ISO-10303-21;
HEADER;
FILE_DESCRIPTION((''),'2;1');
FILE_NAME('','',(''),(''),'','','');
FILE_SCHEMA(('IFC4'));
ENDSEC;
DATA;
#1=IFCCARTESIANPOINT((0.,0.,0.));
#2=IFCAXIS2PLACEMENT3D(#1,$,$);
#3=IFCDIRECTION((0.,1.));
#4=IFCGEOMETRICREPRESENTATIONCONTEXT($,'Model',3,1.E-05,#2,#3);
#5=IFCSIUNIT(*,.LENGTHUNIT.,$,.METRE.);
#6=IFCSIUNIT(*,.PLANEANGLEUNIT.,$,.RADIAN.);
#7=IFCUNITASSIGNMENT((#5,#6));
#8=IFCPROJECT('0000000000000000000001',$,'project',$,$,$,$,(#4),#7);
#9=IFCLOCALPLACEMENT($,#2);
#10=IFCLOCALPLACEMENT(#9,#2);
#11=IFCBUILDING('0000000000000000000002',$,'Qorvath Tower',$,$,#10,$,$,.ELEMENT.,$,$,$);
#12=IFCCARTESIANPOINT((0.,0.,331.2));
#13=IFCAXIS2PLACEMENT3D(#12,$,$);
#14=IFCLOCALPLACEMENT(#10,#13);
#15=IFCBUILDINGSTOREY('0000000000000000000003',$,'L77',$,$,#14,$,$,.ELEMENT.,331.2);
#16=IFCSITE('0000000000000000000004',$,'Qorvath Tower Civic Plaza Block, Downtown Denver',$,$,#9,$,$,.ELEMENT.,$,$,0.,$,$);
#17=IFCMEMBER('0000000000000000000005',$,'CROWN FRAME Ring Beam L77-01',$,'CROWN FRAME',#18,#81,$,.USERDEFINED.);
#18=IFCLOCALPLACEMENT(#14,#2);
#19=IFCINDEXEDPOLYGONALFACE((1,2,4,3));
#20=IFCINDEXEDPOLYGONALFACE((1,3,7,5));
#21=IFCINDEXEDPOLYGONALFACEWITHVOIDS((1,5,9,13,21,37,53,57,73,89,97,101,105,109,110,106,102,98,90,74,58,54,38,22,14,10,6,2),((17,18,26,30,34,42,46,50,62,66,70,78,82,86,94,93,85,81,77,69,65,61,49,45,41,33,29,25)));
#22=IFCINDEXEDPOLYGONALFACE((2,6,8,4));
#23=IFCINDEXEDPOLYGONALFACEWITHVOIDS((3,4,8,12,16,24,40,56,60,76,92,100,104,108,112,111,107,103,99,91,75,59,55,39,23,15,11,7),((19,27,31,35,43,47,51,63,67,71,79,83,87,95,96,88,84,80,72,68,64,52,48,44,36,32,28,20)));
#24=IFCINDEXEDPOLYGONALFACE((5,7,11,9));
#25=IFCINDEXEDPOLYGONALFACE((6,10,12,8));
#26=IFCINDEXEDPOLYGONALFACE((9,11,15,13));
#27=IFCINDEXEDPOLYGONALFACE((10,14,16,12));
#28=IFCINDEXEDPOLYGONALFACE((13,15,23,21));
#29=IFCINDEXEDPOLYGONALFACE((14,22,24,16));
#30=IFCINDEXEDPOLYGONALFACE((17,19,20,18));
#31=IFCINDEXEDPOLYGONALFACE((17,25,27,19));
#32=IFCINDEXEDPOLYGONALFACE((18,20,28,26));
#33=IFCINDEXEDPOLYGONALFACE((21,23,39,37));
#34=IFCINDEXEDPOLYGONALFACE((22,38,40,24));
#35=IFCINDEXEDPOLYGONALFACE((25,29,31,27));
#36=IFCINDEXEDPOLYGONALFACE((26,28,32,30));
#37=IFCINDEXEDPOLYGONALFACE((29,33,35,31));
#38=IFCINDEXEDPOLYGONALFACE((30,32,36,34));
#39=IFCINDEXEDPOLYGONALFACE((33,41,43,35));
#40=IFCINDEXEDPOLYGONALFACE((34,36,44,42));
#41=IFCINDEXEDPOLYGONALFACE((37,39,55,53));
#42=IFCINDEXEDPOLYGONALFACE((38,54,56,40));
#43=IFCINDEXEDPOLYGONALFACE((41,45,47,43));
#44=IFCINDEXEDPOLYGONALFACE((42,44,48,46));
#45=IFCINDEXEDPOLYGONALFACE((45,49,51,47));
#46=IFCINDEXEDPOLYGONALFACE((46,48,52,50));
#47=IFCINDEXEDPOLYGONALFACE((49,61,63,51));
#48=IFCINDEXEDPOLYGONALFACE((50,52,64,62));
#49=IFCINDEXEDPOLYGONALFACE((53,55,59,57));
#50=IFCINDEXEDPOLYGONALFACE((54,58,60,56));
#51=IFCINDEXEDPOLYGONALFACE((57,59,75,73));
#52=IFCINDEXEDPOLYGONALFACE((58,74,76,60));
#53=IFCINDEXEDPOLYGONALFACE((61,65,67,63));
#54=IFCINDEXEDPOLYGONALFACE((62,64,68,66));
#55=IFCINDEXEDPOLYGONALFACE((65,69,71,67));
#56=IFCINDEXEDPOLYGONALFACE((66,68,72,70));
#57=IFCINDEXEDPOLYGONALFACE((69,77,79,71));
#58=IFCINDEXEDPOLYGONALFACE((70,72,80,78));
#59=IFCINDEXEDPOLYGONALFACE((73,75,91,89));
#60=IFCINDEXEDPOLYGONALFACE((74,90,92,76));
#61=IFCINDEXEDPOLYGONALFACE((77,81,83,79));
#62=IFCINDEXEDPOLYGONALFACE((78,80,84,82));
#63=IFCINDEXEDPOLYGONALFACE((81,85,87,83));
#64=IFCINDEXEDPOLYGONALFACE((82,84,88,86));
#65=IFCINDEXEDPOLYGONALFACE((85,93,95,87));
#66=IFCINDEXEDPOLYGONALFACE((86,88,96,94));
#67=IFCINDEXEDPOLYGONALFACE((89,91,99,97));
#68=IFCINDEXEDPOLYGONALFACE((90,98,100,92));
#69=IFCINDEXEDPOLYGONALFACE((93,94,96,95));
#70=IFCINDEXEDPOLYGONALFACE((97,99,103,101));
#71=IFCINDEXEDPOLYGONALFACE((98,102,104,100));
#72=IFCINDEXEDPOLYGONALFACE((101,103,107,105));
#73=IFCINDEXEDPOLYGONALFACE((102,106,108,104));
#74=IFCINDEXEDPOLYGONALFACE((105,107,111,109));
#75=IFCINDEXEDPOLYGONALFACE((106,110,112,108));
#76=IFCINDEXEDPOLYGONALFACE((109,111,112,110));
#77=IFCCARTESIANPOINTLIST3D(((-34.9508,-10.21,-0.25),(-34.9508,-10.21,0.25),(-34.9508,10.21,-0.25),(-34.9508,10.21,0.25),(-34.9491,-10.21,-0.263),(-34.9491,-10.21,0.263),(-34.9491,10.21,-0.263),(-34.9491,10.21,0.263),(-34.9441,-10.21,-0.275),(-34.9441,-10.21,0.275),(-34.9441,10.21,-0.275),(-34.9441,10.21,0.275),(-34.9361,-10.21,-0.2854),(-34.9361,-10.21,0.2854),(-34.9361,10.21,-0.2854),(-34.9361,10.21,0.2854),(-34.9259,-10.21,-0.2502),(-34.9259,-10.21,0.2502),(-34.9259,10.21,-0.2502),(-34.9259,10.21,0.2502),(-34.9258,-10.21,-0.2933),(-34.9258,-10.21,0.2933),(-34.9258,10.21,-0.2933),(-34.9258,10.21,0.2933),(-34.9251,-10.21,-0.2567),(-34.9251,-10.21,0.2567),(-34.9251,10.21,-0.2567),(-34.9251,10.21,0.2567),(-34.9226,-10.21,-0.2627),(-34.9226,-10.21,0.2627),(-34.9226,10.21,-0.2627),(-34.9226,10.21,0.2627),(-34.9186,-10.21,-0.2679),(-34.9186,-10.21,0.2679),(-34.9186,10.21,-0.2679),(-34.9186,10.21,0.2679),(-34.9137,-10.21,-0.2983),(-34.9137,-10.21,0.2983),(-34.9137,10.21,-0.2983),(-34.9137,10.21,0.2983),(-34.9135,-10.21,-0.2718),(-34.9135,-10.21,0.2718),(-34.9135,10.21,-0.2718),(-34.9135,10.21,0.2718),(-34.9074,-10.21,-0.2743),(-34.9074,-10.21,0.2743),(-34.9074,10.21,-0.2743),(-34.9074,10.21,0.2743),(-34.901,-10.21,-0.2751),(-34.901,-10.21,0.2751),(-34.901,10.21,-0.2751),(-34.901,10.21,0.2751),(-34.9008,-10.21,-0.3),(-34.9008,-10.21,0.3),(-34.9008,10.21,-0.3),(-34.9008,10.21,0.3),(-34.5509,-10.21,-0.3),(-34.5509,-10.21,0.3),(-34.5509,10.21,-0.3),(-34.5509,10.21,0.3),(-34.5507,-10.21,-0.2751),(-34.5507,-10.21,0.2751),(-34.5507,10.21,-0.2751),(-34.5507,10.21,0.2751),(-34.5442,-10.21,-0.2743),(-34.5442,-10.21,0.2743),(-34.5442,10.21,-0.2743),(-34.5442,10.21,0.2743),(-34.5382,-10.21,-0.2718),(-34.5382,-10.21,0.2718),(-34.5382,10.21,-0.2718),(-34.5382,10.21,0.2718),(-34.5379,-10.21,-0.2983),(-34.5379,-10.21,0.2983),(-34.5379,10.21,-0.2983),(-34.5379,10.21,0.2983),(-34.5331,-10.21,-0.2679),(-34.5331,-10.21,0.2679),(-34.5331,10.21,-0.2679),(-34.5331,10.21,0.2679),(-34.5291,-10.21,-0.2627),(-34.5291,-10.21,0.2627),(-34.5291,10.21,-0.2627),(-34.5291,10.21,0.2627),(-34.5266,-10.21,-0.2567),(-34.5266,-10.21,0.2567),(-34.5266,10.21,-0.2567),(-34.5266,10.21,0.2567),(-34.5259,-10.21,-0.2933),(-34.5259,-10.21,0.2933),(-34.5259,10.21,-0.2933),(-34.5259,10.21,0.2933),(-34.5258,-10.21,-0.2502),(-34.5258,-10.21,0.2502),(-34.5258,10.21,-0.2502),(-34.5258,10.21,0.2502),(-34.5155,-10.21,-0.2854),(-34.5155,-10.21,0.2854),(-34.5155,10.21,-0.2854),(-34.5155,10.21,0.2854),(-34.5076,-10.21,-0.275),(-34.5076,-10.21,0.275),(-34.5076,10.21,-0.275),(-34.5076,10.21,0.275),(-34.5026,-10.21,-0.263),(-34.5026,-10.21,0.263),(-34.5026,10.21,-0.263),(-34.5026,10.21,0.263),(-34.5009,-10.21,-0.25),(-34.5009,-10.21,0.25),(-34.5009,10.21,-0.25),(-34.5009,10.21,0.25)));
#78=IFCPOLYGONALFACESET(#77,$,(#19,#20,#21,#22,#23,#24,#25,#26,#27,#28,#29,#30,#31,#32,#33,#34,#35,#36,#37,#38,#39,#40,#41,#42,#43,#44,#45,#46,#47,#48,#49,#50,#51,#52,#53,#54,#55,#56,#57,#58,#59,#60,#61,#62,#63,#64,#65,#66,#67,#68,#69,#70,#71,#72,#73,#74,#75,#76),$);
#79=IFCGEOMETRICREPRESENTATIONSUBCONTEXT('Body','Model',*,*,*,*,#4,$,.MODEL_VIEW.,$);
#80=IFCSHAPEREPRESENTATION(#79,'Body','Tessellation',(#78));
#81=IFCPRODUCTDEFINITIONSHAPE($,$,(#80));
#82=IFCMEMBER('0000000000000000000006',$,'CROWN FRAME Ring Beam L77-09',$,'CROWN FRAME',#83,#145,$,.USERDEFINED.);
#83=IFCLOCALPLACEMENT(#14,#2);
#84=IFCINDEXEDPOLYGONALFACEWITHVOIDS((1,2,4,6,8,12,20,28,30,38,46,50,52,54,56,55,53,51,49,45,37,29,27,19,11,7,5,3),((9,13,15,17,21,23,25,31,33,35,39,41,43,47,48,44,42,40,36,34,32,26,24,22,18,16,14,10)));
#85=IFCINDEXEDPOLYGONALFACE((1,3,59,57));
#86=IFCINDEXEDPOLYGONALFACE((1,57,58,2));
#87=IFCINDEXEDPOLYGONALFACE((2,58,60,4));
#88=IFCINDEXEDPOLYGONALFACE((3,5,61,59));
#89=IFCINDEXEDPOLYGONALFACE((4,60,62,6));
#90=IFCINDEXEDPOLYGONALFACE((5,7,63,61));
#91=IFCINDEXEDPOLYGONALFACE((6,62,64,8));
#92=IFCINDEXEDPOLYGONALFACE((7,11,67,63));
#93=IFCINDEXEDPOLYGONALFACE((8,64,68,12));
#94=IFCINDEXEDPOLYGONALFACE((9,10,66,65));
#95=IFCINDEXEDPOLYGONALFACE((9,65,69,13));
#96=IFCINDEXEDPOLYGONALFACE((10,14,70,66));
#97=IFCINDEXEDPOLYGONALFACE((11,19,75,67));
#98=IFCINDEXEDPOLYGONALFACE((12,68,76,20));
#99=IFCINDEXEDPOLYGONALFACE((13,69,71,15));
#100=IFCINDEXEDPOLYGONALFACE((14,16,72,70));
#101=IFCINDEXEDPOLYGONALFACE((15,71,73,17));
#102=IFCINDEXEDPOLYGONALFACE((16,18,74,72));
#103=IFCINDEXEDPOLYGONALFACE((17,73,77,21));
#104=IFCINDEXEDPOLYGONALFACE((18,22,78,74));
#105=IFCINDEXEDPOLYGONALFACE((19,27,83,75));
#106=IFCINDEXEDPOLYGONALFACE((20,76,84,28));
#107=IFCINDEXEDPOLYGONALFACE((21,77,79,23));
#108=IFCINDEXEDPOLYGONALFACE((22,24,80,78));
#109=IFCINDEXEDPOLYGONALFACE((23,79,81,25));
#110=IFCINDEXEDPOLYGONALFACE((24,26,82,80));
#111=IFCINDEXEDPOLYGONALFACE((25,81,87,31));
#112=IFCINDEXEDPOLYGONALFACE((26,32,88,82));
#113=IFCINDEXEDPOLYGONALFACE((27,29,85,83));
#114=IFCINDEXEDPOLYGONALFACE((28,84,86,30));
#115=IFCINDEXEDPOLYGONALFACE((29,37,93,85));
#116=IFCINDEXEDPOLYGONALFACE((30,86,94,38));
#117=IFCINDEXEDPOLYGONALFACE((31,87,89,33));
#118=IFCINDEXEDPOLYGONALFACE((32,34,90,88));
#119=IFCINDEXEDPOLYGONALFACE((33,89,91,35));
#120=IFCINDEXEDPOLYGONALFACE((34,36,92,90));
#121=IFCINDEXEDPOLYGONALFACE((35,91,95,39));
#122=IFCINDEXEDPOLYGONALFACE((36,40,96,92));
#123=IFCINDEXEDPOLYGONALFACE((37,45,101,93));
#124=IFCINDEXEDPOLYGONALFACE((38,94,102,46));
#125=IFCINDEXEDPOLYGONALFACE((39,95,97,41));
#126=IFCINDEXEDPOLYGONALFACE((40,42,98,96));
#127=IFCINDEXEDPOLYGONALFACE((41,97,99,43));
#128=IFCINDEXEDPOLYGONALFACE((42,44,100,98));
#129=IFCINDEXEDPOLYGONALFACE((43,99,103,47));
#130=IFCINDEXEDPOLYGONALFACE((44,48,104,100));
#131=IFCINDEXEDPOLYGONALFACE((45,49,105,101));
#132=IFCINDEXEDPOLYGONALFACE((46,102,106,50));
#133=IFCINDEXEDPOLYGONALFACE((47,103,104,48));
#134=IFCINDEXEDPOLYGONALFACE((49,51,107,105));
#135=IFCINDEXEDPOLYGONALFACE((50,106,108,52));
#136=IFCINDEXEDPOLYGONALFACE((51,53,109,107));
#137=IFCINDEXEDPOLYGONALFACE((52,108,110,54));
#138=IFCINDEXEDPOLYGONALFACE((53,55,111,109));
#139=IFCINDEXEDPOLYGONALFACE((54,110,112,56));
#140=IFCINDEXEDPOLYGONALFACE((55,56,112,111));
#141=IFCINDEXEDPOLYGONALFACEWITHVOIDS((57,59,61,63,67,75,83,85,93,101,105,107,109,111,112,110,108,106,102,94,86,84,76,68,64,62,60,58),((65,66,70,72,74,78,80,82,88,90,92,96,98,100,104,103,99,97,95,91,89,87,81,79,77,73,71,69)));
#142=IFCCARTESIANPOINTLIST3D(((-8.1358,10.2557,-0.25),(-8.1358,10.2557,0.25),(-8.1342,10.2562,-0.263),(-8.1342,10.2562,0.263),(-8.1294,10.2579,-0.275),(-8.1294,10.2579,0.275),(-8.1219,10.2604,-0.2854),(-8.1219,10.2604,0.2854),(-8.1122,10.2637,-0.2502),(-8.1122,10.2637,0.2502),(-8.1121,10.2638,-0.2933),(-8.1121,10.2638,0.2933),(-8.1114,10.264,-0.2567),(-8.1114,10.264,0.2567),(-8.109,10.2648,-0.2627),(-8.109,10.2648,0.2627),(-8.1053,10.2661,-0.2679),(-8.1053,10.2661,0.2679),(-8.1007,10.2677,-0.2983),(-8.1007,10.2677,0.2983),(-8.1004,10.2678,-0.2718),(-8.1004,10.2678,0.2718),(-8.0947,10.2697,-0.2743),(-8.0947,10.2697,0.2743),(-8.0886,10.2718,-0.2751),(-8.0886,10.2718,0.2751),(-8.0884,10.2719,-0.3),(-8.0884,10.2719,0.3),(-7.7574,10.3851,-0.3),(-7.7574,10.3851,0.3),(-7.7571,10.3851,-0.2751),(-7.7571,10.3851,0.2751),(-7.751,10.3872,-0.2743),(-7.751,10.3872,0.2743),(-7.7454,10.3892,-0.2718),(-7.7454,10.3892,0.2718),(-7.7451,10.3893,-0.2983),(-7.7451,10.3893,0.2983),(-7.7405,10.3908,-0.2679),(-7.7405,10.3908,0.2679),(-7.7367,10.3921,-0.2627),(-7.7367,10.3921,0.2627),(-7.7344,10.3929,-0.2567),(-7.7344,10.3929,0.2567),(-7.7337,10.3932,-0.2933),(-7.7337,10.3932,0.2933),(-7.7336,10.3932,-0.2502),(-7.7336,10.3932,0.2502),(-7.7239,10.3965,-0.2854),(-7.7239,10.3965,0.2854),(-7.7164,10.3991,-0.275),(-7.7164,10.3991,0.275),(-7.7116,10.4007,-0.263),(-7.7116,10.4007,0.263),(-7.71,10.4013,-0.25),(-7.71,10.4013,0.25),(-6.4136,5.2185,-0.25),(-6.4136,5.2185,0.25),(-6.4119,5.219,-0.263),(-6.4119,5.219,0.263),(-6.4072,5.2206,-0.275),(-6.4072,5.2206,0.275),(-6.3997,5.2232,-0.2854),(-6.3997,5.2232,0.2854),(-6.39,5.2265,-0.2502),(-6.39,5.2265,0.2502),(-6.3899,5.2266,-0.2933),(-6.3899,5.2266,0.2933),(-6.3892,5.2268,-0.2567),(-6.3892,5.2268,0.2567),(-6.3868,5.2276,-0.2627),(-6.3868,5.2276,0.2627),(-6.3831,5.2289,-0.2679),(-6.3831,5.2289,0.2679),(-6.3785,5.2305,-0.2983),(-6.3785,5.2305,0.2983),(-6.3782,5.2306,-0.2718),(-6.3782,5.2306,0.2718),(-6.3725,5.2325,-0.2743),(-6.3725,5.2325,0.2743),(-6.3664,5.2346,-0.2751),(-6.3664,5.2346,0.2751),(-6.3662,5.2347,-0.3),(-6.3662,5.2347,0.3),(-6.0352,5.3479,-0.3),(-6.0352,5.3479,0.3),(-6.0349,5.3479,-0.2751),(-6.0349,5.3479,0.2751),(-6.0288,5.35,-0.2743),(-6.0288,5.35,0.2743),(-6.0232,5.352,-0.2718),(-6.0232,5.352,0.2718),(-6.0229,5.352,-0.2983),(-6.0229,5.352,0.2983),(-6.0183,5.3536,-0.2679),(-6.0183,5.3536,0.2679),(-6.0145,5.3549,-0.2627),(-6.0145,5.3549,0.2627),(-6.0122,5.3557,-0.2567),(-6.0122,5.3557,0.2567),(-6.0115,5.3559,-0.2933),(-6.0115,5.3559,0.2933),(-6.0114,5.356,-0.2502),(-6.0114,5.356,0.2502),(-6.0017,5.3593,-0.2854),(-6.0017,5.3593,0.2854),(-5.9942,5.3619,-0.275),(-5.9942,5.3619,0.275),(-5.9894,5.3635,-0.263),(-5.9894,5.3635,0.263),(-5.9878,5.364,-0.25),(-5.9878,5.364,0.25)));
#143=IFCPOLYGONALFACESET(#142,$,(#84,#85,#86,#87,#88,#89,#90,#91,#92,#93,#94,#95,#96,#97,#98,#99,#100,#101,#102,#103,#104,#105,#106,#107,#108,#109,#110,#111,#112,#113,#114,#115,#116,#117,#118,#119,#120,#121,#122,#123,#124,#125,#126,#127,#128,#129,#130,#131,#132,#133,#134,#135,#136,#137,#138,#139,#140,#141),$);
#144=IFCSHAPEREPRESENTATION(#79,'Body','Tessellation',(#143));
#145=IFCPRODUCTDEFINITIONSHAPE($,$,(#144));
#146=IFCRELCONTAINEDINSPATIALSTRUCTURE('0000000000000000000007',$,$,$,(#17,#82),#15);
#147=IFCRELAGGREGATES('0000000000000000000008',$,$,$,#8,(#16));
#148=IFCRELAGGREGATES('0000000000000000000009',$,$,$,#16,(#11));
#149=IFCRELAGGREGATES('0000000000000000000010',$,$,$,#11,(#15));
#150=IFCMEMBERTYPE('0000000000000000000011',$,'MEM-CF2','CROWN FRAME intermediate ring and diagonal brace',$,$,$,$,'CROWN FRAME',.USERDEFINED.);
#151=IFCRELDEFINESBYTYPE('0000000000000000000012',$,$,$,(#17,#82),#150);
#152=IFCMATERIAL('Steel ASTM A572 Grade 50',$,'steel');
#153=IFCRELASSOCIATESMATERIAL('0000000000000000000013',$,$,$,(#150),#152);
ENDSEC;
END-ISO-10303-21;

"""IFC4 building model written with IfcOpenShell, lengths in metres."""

from ifc_helpers import new_model, si_unit, direction, frame, origin, origin_2d, place, context, subcontext, project, spatial, hollow_rectangle, extrude, material, material_profile, profile_set, type_object, element, save


model = new_model("IFC4")

# Units and contexts
model_context = context("Model", 3, precision=1e-05, world=origin(), true_north=direction((0.0, 1.0)))
body_context = subcontext(model_context, "Body", "Model", "MODEL_VIEW")
ifc_project = project(units=[si_unit("LENGTHUNIT", "METRE"), si_unit("PLANEANGLEUNIT", "RADIAN")], contexts=[model_context])

# Site, building, storey
site_placement = place(None, origin())
site = spatial("IfcSite", under=ifc_project, at=site_placement, Name="Qorvath Tower Civic Plaza Block, Downtown Denver", CompositionType="ELEMENT", RefElevation=0.0)
building_placement = place(site_placement, origin())
building = spatial("IfcBuilding", under=site, at=building_placement, Name="Qorvath Tower", CompositionType="ELEMENT")
storey_placement = place(building_placement, frame((0.0, 0.0, 331.2)))
storey = spatial("IfcBuildingStorey", under=building, at=storey_placement, Name="L77", CompositionType="ELEMENT", Elevation=331.2)

# Members
ifc_material_1 = material(Name="Steel ASTM A572 Grade 50", Category="steel")
ifc_material_profile_1 = material_profile(ifc_material_1, hollow_rectangle(XDim=0.45, YDim=0.6001, WallThickness=0.0249, InnerFilletRadius=0.0249, OuterFilletRadius=0.05, at=origin_2d()), Name="CROWN BOX 600x450x25")
ifc_profile_set_1 = profile_set([ifc_material_profile_1], Name="Steel ASTM A572 Grade 50")
member_type_1 = type_object("IfcMemberType", Name="MEM-CF2", Description="CROWN FRAME intermediate ring and diagonal brace", ElementType="CROWN FRAME", PredefinedType="USERDEFINED", material=ifc_profile_set_1)
member_1_placement = place(storey_placement, frame((-34.7258, 10.21, 0.0), z_axis=(0.0, -1.0, 0.0), x_axis=(1.0, 0.0, 0.0)))
element("IfcMember", 1, at=member_1_placement, inside=storey, type_object=member_type_1, Name="CROWN FRAME Ring Beam L77-01", ObjectType="CROWN FRAME", PredefinedType="USERDEFINED", context=body_context, shape_type="SweptSolid", body=[
    extrude(hollow_rectangle(XDim=0.45, YDim=0.6001, WallThickness=0.0249, InnerFilletRadius=0.0249, OuterFilletRadius=0.05, at=origin_2d()), origin(), (0.0, 0.0, 1.0), 20.4199),
])
member_2_placement = place(storey_placement, frame((-6.2007, 5.2913, 0.0), z_axis=(-0.32351, 0.946225, 0.0), x_axis=(-0.946225, -0.32351, 0.0)))
element("IfcMember", 2, at=member_2_placement, inside=storey, type_object=member_type_1, Name="CROWN FRAME Ring Beam L77-09", ObjectType="CROWN FRAME", PredefinedType="USERDEFINED", context=body_context, shape_type="SweptSolid", body=[
    extrude(hollow_rectangle(XDim=0.45, YDim=0.6001, WallThickness=0.0249, InnerFilletRadius=0.0249, OuterFilletRadius=0.05, at=origin_2d()), origin(), (0.0, 0.0, 1.0), 5.3235),
])

save(model, "model.ifc")
